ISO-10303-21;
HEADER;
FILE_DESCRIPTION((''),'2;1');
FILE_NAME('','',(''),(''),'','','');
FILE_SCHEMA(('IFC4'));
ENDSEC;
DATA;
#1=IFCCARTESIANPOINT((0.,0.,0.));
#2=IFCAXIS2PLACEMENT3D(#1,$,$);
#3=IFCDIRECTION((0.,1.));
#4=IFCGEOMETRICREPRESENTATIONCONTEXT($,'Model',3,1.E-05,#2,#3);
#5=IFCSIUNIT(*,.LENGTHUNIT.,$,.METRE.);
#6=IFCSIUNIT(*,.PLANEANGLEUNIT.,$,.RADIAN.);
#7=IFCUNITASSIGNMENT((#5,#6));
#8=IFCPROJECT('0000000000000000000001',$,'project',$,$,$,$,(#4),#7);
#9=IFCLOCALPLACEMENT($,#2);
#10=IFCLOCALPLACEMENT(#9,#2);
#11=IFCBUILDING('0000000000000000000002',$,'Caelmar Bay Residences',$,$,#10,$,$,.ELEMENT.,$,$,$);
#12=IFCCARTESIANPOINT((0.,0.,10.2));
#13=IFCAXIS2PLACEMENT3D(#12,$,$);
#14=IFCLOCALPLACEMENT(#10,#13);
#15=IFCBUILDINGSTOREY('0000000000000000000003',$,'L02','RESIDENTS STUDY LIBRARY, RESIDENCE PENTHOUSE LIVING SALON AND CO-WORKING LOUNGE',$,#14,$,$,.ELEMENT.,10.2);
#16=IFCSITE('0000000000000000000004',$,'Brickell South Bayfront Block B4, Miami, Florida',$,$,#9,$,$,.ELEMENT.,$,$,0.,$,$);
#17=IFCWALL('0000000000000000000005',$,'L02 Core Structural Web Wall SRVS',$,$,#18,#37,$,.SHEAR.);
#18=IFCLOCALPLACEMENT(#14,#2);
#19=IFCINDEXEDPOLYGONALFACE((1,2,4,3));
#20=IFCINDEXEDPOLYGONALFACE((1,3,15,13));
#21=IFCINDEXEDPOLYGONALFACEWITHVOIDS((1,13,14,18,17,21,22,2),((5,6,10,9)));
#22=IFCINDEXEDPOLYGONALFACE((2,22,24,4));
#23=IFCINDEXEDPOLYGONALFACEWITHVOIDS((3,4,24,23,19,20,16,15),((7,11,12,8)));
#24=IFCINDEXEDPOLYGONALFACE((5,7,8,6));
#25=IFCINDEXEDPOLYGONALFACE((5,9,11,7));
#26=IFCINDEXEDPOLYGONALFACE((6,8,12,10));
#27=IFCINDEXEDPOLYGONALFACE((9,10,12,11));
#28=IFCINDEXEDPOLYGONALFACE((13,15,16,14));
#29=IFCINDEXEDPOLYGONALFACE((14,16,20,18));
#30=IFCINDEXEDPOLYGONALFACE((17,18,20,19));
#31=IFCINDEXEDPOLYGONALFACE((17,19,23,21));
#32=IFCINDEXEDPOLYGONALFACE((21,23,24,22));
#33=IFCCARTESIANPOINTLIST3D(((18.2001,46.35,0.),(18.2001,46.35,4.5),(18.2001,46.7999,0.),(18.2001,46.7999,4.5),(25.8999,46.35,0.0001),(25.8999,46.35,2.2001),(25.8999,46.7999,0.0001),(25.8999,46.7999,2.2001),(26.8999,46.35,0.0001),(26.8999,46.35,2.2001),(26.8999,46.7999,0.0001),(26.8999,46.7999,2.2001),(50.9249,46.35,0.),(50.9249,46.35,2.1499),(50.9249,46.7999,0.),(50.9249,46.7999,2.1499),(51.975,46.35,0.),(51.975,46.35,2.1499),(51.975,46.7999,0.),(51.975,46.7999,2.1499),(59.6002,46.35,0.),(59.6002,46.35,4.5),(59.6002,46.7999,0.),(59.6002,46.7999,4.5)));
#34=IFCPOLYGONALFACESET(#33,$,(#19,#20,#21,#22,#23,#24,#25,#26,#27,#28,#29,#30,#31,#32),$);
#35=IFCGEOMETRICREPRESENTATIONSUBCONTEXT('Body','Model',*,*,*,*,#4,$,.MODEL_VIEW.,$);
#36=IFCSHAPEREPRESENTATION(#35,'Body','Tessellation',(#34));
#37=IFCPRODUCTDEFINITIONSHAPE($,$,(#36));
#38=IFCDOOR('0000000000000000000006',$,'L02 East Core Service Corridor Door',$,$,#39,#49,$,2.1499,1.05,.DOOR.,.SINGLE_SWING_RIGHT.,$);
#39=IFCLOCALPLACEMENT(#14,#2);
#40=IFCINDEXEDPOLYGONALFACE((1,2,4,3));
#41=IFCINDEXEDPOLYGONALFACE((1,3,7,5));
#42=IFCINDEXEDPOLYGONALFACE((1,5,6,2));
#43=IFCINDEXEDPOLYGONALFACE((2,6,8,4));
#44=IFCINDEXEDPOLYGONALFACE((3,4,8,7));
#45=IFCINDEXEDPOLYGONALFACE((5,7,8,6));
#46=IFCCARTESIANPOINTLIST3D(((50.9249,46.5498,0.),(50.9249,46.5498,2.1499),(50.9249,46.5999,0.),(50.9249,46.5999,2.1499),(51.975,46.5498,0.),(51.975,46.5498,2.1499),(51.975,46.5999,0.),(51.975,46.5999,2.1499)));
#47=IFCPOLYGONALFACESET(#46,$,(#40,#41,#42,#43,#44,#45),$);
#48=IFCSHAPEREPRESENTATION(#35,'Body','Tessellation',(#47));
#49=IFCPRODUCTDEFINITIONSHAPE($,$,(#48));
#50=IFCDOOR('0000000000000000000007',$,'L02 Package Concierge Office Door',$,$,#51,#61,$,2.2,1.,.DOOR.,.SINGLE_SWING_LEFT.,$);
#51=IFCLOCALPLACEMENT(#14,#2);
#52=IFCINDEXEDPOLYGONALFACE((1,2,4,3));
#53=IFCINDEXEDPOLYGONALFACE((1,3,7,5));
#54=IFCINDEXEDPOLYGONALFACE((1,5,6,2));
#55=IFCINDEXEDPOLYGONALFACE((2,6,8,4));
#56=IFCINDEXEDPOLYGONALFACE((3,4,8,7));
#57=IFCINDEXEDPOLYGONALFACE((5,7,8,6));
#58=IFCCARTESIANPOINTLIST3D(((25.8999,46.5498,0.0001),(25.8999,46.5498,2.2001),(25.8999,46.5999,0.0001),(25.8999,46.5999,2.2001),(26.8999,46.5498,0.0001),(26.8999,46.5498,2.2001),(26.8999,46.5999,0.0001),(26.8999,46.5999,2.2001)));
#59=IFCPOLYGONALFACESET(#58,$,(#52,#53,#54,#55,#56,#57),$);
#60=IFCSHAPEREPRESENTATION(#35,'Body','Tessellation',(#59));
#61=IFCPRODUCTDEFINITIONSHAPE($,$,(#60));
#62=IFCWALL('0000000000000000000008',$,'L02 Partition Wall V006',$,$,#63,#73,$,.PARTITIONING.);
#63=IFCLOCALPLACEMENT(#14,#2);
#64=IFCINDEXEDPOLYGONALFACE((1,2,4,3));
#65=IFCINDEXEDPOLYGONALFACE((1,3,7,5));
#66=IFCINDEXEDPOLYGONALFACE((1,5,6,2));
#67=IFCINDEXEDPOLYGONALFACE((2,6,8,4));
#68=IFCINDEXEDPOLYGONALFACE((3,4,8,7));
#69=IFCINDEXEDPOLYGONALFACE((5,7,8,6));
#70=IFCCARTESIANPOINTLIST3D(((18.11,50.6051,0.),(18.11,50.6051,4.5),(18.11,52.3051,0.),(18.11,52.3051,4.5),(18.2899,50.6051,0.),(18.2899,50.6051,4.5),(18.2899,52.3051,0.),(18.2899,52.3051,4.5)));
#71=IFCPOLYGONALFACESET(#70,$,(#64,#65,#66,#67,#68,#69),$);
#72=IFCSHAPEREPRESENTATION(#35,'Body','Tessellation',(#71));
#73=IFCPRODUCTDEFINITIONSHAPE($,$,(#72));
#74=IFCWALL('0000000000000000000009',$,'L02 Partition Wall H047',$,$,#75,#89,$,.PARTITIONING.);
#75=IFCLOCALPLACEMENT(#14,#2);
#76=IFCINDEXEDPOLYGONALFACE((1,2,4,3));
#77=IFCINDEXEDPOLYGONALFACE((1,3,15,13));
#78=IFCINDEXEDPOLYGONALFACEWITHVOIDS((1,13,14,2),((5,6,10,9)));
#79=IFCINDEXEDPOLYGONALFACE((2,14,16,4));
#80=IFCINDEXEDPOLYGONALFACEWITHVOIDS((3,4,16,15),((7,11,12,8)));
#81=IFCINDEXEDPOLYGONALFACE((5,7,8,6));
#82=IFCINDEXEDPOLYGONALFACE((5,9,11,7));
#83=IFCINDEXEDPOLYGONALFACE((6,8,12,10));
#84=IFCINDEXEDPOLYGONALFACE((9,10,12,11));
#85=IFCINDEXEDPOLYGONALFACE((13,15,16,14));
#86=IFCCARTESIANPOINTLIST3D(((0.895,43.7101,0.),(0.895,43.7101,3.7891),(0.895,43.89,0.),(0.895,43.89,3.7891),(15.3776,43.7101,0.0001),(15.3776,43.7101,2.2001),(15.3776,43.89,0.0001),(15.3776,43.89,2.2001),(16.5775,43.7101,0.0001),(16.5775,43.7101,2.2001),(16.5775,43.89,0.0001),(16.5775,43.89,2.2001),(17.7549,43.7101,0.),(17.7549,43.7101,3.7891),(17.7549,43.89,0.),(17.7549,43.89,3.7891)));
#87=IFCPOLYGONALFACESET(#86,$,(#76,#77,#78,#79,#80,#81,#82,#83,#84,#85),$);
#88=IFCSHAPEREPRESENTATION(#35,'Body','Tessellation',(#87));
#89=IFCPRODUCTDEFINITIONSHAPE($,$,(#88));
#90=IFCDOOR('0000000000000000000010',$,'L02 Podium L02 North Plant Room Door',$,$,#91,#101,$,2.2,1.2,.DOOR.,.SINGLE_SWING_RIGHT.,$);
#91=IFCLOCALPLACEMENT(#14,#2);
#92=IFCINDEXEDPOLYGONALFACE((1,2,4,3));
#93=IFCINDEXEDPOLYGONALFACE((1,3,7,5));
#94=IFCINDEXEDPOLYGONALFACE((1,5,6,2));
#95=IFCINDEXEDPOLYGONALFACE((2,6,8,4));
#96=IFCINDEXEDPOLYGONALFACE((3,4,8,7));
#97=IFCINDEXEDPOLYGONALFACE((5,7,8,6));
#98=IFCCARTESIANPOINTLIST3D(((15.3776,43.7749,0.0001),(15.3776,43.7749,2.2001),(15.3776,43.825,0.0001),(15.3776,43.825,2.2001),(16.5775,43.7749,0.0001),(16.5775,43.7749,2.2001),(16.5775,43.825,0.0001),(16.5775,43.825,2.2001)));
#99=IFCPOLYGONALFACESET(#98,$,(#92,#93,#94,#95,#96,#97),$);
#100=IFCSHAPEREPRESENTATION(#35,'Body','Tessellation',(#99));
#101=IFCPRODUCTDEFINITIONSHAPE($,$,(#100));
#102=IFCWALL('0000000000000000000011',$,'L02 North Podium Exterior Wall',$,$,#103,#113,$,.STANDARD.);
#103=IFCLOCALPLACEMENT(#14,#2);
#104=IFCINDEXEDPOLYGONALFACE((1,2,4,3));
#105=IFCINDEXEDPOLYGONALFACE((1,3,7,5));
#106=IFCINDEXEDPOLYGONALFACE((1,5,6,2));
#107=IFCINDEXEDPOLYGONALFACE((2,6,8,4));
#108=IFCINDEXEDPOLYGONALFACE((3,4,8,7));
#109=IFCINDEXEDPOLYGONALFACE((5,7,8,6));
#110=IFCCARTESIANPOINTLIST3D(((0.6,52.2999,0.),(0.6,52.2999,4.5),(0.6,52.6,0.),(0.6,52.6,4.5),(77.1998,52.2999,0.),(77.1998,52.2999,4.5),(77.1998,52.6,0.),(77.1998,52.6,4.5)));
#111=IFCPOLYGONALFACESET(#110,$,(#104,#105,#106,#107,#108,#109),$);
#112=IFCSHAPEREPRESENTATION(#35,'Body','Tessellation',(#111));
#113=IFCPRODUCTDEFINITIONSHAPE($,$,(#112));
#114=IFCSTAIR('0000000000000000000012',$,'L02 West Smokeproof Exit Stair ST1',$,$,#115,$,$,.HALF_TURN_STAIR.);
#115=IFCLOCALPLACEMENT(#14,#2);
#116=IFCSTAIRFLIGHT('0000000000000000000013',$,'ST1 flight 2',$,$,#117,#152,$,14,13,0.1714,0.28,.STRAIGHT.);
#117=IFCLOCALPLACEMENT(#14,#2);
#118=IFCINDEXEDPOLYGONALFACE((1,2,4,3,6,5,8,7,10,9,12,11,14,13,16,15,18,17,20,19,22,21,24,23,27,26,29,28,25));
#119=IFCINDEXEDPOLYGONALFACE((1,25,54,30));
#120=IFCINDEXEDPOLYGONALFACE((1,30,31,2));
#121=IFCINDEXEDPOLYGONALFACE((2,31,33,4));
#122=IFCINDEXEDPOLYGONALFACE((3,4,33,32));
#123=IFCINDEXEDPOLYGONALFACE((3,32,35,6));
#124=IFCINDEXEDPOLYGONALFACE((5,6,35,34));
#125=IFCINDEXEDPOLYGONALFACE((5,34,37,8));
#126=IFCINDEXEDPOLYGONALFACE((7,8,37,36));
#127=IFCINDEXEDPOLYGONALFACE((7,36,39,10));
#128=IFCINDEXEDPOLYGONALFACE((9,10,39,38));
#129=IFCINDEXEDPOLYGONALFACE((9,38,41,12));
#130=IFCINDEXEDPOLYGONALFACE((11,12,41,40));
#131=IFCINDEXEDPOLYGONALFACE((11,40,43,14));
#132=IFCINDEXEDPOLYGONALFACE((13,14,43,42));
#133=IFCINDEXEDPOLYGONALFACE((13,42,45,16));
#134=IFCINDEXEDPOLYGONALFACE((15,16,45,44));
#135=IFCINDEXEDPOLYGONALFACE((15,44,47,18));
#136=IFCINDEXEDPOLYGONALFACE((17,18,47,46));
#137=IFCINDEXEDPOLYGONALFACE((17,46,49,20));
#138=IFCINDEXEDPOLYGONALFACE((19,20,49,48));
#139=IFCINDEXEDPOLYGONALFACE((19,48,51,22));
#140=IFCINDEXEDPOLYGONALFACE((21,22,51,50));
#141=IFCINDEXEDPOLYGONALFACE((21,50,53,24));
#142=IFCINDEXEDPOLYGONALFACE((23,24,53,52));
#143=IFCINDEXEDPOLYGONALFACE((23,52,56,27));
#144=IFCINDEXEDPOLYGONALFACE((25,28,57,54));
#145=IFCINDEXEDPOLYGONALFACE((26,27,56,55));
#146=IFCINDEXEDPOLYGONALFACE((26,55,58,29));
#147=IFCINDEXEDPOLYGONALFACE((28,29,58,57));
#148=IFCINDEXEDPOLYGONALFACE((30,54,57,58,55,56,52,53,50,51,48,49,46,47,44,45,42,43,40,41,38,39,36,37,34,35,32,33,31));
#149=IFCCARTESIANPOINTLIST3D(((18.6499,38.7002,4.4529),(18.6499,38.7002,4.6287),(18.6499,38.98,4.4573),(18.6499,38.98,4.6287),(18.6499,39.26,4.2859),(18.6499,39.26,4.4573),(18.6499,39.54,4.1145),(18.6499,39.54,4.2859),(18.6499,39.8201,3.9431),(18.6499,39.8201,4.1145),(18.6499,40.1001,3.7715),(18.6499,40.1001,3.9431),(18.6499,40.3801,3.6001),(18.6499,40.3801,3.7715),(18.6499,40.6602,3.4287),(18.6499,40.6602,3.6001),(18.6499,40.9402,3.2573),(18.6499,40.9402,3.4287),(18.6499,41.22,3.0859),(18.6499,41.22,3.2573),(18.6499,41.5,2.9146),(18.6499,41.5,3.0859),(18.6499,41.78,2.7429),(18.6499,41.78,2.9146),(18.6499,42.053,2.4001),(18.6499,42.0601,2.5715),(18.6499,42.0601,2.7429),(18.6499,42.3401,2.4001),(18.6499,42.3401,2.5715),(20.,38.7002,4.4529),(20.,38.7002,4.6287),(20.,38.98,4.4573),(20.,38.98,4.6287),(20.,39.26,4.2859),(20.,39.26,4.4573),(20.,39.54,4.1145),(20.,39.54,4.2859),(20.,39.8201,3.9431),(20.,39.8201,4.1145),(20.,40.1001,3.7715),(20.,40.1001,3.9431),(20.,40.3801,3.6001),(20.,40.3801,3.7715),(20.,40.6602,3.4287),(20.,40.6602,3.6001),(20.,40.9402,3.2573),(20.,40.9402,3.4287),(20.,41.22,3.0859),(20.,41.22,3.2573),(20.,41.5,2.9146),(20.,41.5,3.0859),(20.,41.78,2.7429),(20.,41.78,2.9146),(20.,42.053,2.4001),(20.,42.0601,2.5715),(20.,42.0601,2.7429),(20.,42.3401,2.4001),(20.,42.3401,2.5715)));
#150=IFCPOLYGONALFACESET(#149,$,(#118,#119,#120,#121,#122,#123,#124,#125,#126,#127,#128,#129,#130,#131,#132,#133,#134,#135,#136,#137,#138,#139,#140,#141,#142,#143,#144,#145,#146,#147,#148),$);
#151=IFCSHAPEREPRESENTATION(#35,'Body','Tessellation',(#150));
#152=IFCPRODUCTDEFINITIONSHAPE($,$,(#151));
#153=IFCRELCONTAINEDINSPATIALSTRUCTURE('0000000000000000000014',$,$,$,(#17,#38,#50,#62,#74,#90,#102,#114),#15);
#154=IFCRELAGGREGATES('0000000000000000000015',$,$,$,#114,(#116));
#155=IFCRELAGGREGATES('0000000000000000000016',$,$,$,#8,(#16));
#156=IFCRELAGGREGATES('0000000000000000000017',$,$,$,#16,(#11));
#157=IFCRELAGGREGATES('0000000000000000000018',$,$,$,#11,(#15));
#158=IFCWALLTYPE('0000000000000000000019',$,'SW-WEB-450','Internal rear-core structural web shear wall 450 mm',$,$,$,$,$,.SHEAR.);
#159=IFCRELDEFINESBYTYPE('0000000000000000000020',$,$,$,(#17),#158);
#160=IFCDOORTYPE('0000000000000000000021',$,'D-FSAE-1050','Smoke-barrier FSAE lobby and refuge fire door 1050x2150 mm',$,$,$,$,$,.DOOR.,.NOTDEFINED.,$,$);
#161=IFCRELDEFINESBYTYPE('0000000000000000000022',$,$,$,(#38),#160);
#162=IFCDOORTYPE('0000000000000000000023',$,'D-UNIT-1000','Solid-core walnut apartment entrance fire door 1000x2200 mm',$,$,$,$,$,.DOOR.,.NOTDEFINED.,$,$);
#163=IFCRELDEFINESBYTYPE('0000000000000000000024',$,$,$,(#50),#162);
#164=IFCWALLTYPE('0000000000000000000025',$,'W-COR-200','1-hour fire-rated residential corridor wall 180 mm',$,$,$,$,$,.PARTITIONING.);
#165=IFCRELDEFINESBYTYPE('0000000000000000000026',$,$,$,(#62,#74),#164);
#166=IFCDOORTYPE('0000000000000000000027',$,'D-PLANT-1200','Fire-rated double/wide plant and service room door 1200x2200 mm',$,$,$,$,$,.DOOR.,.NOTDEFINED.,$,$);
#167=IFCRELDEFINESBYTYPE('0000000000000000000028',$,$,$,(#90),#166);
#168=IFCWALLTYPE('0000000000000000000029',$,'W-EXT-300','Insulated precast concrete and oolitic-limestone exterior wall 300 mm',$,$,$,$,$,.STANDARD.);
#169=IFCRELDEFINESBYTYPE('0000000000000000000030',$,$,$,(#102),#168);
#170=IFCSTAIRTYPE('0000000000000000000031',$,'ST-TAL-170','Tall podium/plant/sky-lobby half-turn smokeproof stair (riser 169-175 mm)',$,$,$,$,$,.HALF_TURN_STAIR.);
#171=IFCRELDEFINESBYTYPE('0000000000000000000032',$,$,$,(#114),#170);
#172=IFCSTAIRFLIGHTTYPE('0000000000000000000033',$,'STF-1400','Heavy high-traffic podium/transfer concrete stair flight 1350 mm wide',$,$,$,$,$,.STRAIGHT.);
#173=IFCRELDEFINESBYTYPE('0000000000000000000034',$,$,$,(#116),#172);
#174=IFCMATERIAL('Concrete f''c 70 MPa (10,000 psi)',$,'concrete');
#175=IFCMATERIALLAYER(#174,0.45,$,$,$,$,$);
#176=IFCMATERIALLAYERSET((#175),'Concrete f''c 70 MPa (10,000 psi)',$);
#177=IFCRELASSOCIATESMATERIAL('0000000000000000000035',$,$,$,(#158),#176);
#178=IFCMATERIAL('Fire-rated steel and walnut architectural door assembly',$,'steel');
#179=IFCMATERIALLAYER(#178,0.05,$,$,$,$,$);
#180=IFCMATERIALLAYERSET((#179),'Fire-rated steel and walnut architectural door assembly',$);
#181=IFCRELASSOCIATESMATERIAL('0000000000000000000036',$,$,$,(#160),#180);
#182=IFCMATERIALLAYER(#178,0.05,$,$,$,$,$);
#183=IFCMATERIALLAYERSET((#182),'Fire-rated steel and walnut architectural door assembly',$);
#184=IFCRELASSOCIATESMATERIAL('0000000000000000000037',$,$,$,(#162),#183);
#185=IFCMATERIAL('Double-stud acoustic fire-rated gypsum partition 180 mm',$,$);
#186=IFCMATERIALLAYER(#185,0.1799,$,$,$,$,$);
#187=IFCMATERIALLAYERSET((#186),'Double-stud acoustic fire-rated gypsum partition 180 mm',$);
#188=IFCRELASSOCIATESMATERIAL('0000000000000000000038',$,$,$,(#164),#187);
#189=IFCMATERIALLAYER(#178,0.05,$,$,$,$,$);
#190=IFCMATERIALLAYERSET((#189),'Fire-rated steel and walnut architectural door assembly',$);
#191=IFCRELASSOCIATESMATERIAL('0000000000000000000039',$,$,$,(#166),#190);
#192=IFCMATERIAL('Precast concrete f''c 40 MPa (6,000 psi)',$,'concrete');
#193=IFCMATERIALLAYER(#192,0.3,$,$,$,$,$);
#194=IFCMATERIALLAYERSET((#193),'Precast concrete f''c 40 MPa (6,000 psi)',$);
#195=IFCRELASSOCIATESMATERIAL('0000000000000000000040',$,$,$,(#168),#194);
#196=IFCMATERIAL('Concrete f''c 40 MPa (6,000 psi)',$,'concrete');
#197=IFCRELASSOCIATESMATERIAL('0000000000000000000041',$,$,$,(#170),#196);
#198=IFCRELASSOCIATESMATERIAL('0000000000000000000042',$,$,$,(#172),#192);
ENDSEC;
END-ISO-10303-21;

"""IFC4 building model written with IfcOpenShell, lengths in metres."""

from ifc_helpers import new_model, si_unit, direction, frame, frame_2d, origin, place, context, subcontext, project, spatial, polyline, rectangle, outline, extrude, material, layer, layer_set, type_object, element, fill, aggregate, save


model = new_model("IFC4")

# Units and contexts
model_context = context("Model", 3, precision=1e-05, world=origin(), true_north=direction((0.0, 1.0)))
body_context = subcontext(model_context, "Body", "Model", "MODEL_VIEW")
ifc_project = project(units=[si_unit("LENGTHUNIT", "METRE"), si_unit("PLANEANGLEUNIT", "RADIAN")], contexts=[model_context])

# Site, building, storey
site_placement = place(None, origin())
site = spatial("IfcSite", under=ifc_project, at=site_placement, Name="Brickell South Bayfront Block B4, Miami, Florida", CompositionType="ELEMENT", RefElevation=0.0)
building_placement = place(site_placement, origin())
building = spatial("IfcBuilding", under=site, at=building_placement, Name="Caelmar Bay Residences", CompositionType="ELEMENT")
storey_placement = place(building_placement, frame((0.0, 0.0, 10.2)))
storey = spatial("IfcBuildingStorey", under=building, at=storey_placement, Name="L02", Description="RESIDENTS STUDY LIBRARY, RESIDENCE PENTHOUSE LIVING SALON AND CO-WORKING LOUNGE", CompositionType="ELEMENT", Elevation=10.2)

# Shared definitions
ifc_material_1 = material(Name="Concrete f'c 70 MPa (10,000 psi)", Category="concrete")

# Wall, openings, doors
ifc_layer_1 = layer(ifc_material_1, 0.45)
ifc_layer_set_1 = layer_set([ifc_layer_1], Name="Concrete f'c 70 MPa (10,000 psi)")
wall_type_1 = type_object("IfcWallType", Name="SW-WEB-450", Description="Internal rear-core structural web shear wall 450 mm", PredefinedType="SHEAR", material=ifc_layer_set_1)
wall_1_placement = place(storey_placement, frame((18.2, 46.575, 0.0), z_axis=(0.0, 0.0, 1.0), x_axis=(1.0, 0.0, 0.0)))
wall_1 = element("IfcWall", 1, at=wall_1_placement, inside=storey, type_object=wall_type_1, Name="L02 Core Structural Web Wall SRVS", PredefinedType="SHEAR", context=body_context, shape_type="SweptSolid", body=[
    extrude(rectangle(XDim=41.4001, YDim=0.45, at=frame_2d((20.7002, 0.0))), origin(), (0.0, 0.0, 1.0), 4.5),
])
opening_1_placement = place(wall_1_placement, frame((7.7, 0.0, 0.0)))
opening_1 = element("IfcOpeningElement", 2, at=opening_1_placement, cuts=wall_1, PredefinedType="OPENING", context=body_context, shape_type="SweptSolid", body=[
    extrude(rectangle(XDim=1.0, YDim=2.2, at=frame_2d((0.5, 1.1001))), frame((0.0, 0.2349, 0.0), z_axis=(0.0, -1.0, 0.0), x_axis=(1.0, 0.0, 0.0)), (0.0, 0.0, 1.0), 0.47),
])
opening_2_placement = place(wall_1_placement, frame((32.7251, 0.0, 0.0)))
opening_2 = element("IfcOpeningElement", 3, at=opening_2_placement, cuts=wall_1, PredefinedType="OPENING", context=body_context, shape_type="SweptSolid", body=[
    extrude(rectangle(XDim=1.05, YDim=2.1499, at=frame_2d((0.5249, 1.075))), frame((0.0, 0.2349, 0.0), z_axis=(0.0, -1.0, 0.0), x_axis=(1.0, 0.0, 0.0)), (0.0, 0.0, 1.0), 0.47),
])
ifc_material_2 = material(Name="Fire-rated steel and walnut architectural door assembly", Category="steel")
ifc_layer_2 = layer(ifc_material_2, 0.05)
ifc_layer_set_2 = layer_set([ifc_layer_2], Name="Fire-rated steel and walnut architectural door assembly")
door_type_1 = type_object("IfcDoorType", Name="D-FSAE-1050", Description="Smoke-barrier FSAE lobby and refuge fire door 1050x2150 mm", OperationType="NOTDEFINED", PredefinedType="DOOR", material=ifc_layer_set_2)
door_1_placement = place(opening_2_placement, origin())
door_1 = element("IfcDoor", 4, at=door_1_placement, inside=storey, type_object=door_type_1, Name="L02 East Core Service Corridor Door", OperationType="SINGLE_SWING_RIGHT", OverallHeight=2.1499, OverallWidth=1.05, PredefinedType="DOOR", context=body_context, shape_type="SweptSolid", body=[
    extrude(rectangle(XDim=1.05, YDim=2.1499, at=frame_2d((0.5249, 1.075))), frame((0.0, 0.0249, 0.0), z_axis=(0.0, -1.0, 0.0), x_axis=(1.0, 0.0, 0.0)), (0.0, 0.0, 1.0), 0.05),
])
fill(opening_2, door_1)
ifc_layer_3 = layer(ifc_material_2, 0.05)
ifc_layer_set_3 = layer_set([ifc_layer_3], Name="Fire-rated steel and walnut architectural door assembly")
door_type_2 = type_object("IfcDoorType", Name="D-UNIT-1000", Description="Solid-core walnut apartment entrance fire door 1000x2200 mm", OperationType="NOTDEFINED", PredefinedType="DOOR", material=ifc_layer_set_3)
door_2_placement = place(opening_1_placement, origin())
door_2 = element("IfcDoor", 5, at=door_2_placement, inside=storey, type_object=door_type_2, Name="L02 Package Concierge Office Door", OperationType="SINGLE_SWING_LEFT", OverallHeight=2.2, OverallWidth=1.0, PredefinedType="DOOR", context=body_context, shape_type="SweptSolid", body=[
    extrude(rectangle(XDim=1.0, YDim=2.2, at=frame_2d((0.5, 1.1001))), frame((0.0, 0.0249, 0.0), z_axis=(0.0, -1.0, 0.0), x_axis=(1.0, 0.0, 0.0)), (0.0, 0.0, 1.0), 0.05),
])
fill(opening_1, door_2)

# Wall
ifc_material_3 = material(Name="Double-stud acoustic fire-rated gypsum partition 180 mm")
ifc_layer_4 = layer(ifc_material_3, 0.1799)
ifc_layer_set_4 = layer_set([ifc_layer_4], Name="Double-stud acoustic fire-rated gypsum partition 180 mm")
wall_type_2 = type_object("IfcWallType", Name="W-COR-200", Description="1-hour fire-rated residential corridor wall 180 mm", PredefinedType="PARTITIONING", material=ifc_layer_set_4)
wall_2_placement = place(storey_placement, frame((18.2, 50.605, 0.0), z_axis=(0.0, 0.0, 1.0), x_axis=(0.0, 1.0, 0.0)))
element("IfcWall", 6, at=wall_2_placement, inside=storey, type_object=wall_type_2, Name="L02 Partition Wall V006", PredefinedType="PARTITIONING", context=body_context, shape_type="SweptSolid", body=[
    extrude(rectangle(XDim=1.7, YDim=0.1799, at=frame_2d((0.8501, 0.0))), origin(), (0.0, 0.0, 1.0), 4.5),
])

# Wall, opening, door
wall_3_placement = place(storey_placement, frame((0.895, 43.8, 0.0), z_axis=(0.0, 0.0, 1.0), x_axis=(1.0, 0.0, 0.0)))
wall_3 = element("IfcWall", 7, at=wall_3_placement, inside=storey, type_object=wall_type_2, Name="L02 Partition Wall H047", PredefinedType="PARTITIONING", context=body_context, shape_type="SweptSolid", body=[
    extrude(rectangle(XDim=16.8599, YDim=0.1799, at=frame_2d((8.4299, 0.0))), origin(), (0.0, 0.0, 1.0), 3.7891),
])
opening_3_placement = place(wall_3_placement, frame((14.4824, 0.0, 0.0)))
opening_3 = element("IfcOpeningElement", 8, at=opening_3_placement, cuts=wall_3, PredefinedType="OPENING", context=body_context, shape_type="SweptSolid", body=[
    extrude(rectangle(XDim=1.2, YDim=2.2, at=frame_2d((0.6001, 1.1001))), frame((0.0, 0.0999, 0.0), z_axis=(0.0, -1.0, 0.0), x_axis=(1.0, 0.0, 0.0)), (0.0, 0.0, 1.0), 0.2),
])
ifc_layer_5 = layer(ifc_material_2, 0.05)
ifc_layer_set_5 = layer_set([ifc_layer_5], Name="Fire-rated steel and walnut architectural door assembly")
door_type_3 = type_object("IfcDoorType", Name="D-PLANT-1200", Description="Fire-rated double/wide plant and service room door 1200x2200 mm", OperationType="NOTDEFINED", PredefinedType="DOOR", material=ifc_layer_set_5)
door_3_placement = place(opening_3_placement, origin())
door_3 = element("IfcDoor", 9, at=door_3_placement, inside=storey, type_object=door_type_3, Name="L02 Podium L02 North Plant Room Door", OperationType="SINGLE_SWING_RIGHT", OverallHeight=2.2, OverallWidth=1.2, PredefinedType="DOOR", context=body_context, shape_type="SweptSolid", body=[
    extrude(rectangle(XDim=1.2, YDim=2.2, at=frame_2d((0.6001, 1.1001))), frame((0.0, 0.0249, 0.0), z_axis=(0.0, -1.0, 0.0), x_axis=(1.0, 0.0, 0.0)), (0.0, 0.0, 1.0), 0.05),
])
fill(opening_3, door_3)

# Wall
ifc_material_4 = material(Name="Precast concrete f'c 40 MPa (6,000 psi)", Category="concrete")
ifc_layer_6 = layer(ifc_material_4, 0.3)
ifc_layer_set_6 = layer_set([ifc_layer_6], Name="Precast concrete f'c 40 MPa (6,000 psi)")
wall_type_3 = type_object("IfcWallType", Name="W-EXT-300", Description="Insulated precast concrete and oolitic-limestone exterior wall 300 mm", PredefinedType="STANDARD", material=ifc_layer_set_6)
wall_4_placement = place(storey_placement, frame((0.6001, 52.45, 0.0), z_axis=(0.0, 0.0, 1.0), x_axis=(1.0, 0.0, 0.0)))
element("IfcWall", 10, at=wall_4_placement, inside=storey, type_object=wall_type_3, Name="L02 North Podium Exterior Wall", PredefinedType="STANDARD", context=body_context, shape_type="SweptSolid", body=[
    extrude(rectangle(XDim=76.5999, YDim=0.3, at=frame_2d((38.2998, 0.0))), origin(), (0.0, 0.0, 1.0), 4.5),
])

# Stair, stair flight
ifc_material_5 = material(Name="Concrete f'c 40 MPa (6,000 psi)", Category="concrete")
stair_type = type_object("IfcStairType", Name="ST-TAL-170", Description="Tall podium/plant/sky-lobby half-turn smokeproof stair (riser 169-175 mm)", PredefinedType="HALF_TURN_STAIR", material=ifc_material_5)
stair_placement = place(storey_placement, origin())
stair = element("IfcStair", 11, at=stair_placement, inside=storey, type_object=stair_type, Name="L02 West Smokeproof Exit Stair ST1", PredefinedType="HALF_TURN_STAIR")
stair_flight_type = type_object("IfcStairFlightType", Name="STF-1400", Description="Heavy high-traffic podium/transfer concrete stair flight 1350 mm wide", PredefinedType="STRAIGHT", material=ifc_material_4)
stair_flight_placement = place(storey_placement, frame((19.325, 42.3401, 2.4001), z_axis=(0.0, 0.0, 1.0), x_axis=(0.0, -1.0, 0.0)))
stair_flight = element("IfcStairFlight", 12, at=stair_flight_placement, type_object=stair_flight_type, Name="ST1 flight 2", NumberOfRisers=14, NumberOfTreads=13, PredefinedType="STRAIGHT", RiserHeight=0.1714, TreadLength=0.28, context=body_context, shape_type="SweptSolid", body=[
    extrude(outline(polyline([(0.0, 0.0), (0.0, 0.1714), (0.28, 0.1714), (0.28, 0.3428), (0.5601, 0.3428), (0.5601, 0.5144), (0.8401, 0.5144), (0.8401, 0.6858), (1.1201, 0.6858), (1.1201, 0.8572), (1.3999, 0.8572), (1.3999, 1.0286), (1.6799, 1.0286), (1.6799, 1.2), (1.96, 1.2), (1.96, 1.3713), (2.24, 1.3713), (2.24, 1.543), (2.52, 1.543), (2.52, 1.7144), (2.8, 1.7144), (2.8, 1.8857), (3.0801, 1.8857), (3.0801, 2.0571), (3.3601, 2.0571), (3.3601, 2.2285), (3.6399, 2.2285), (3.6399, 2.3999), (3.6399, 2.0527), (0.2871, 0.0), (0.0, 0.0)])), frame((0.0, 0.675, 0.0), z_axis=(0.0, -1.0, 0.0), x_axis=(1.0, 0.0, 0.0)), (0.0, 0.0, 1.0), 1.3501),
])
aggregate(stair, [stair_flight])

save(model, "model.ifc")
